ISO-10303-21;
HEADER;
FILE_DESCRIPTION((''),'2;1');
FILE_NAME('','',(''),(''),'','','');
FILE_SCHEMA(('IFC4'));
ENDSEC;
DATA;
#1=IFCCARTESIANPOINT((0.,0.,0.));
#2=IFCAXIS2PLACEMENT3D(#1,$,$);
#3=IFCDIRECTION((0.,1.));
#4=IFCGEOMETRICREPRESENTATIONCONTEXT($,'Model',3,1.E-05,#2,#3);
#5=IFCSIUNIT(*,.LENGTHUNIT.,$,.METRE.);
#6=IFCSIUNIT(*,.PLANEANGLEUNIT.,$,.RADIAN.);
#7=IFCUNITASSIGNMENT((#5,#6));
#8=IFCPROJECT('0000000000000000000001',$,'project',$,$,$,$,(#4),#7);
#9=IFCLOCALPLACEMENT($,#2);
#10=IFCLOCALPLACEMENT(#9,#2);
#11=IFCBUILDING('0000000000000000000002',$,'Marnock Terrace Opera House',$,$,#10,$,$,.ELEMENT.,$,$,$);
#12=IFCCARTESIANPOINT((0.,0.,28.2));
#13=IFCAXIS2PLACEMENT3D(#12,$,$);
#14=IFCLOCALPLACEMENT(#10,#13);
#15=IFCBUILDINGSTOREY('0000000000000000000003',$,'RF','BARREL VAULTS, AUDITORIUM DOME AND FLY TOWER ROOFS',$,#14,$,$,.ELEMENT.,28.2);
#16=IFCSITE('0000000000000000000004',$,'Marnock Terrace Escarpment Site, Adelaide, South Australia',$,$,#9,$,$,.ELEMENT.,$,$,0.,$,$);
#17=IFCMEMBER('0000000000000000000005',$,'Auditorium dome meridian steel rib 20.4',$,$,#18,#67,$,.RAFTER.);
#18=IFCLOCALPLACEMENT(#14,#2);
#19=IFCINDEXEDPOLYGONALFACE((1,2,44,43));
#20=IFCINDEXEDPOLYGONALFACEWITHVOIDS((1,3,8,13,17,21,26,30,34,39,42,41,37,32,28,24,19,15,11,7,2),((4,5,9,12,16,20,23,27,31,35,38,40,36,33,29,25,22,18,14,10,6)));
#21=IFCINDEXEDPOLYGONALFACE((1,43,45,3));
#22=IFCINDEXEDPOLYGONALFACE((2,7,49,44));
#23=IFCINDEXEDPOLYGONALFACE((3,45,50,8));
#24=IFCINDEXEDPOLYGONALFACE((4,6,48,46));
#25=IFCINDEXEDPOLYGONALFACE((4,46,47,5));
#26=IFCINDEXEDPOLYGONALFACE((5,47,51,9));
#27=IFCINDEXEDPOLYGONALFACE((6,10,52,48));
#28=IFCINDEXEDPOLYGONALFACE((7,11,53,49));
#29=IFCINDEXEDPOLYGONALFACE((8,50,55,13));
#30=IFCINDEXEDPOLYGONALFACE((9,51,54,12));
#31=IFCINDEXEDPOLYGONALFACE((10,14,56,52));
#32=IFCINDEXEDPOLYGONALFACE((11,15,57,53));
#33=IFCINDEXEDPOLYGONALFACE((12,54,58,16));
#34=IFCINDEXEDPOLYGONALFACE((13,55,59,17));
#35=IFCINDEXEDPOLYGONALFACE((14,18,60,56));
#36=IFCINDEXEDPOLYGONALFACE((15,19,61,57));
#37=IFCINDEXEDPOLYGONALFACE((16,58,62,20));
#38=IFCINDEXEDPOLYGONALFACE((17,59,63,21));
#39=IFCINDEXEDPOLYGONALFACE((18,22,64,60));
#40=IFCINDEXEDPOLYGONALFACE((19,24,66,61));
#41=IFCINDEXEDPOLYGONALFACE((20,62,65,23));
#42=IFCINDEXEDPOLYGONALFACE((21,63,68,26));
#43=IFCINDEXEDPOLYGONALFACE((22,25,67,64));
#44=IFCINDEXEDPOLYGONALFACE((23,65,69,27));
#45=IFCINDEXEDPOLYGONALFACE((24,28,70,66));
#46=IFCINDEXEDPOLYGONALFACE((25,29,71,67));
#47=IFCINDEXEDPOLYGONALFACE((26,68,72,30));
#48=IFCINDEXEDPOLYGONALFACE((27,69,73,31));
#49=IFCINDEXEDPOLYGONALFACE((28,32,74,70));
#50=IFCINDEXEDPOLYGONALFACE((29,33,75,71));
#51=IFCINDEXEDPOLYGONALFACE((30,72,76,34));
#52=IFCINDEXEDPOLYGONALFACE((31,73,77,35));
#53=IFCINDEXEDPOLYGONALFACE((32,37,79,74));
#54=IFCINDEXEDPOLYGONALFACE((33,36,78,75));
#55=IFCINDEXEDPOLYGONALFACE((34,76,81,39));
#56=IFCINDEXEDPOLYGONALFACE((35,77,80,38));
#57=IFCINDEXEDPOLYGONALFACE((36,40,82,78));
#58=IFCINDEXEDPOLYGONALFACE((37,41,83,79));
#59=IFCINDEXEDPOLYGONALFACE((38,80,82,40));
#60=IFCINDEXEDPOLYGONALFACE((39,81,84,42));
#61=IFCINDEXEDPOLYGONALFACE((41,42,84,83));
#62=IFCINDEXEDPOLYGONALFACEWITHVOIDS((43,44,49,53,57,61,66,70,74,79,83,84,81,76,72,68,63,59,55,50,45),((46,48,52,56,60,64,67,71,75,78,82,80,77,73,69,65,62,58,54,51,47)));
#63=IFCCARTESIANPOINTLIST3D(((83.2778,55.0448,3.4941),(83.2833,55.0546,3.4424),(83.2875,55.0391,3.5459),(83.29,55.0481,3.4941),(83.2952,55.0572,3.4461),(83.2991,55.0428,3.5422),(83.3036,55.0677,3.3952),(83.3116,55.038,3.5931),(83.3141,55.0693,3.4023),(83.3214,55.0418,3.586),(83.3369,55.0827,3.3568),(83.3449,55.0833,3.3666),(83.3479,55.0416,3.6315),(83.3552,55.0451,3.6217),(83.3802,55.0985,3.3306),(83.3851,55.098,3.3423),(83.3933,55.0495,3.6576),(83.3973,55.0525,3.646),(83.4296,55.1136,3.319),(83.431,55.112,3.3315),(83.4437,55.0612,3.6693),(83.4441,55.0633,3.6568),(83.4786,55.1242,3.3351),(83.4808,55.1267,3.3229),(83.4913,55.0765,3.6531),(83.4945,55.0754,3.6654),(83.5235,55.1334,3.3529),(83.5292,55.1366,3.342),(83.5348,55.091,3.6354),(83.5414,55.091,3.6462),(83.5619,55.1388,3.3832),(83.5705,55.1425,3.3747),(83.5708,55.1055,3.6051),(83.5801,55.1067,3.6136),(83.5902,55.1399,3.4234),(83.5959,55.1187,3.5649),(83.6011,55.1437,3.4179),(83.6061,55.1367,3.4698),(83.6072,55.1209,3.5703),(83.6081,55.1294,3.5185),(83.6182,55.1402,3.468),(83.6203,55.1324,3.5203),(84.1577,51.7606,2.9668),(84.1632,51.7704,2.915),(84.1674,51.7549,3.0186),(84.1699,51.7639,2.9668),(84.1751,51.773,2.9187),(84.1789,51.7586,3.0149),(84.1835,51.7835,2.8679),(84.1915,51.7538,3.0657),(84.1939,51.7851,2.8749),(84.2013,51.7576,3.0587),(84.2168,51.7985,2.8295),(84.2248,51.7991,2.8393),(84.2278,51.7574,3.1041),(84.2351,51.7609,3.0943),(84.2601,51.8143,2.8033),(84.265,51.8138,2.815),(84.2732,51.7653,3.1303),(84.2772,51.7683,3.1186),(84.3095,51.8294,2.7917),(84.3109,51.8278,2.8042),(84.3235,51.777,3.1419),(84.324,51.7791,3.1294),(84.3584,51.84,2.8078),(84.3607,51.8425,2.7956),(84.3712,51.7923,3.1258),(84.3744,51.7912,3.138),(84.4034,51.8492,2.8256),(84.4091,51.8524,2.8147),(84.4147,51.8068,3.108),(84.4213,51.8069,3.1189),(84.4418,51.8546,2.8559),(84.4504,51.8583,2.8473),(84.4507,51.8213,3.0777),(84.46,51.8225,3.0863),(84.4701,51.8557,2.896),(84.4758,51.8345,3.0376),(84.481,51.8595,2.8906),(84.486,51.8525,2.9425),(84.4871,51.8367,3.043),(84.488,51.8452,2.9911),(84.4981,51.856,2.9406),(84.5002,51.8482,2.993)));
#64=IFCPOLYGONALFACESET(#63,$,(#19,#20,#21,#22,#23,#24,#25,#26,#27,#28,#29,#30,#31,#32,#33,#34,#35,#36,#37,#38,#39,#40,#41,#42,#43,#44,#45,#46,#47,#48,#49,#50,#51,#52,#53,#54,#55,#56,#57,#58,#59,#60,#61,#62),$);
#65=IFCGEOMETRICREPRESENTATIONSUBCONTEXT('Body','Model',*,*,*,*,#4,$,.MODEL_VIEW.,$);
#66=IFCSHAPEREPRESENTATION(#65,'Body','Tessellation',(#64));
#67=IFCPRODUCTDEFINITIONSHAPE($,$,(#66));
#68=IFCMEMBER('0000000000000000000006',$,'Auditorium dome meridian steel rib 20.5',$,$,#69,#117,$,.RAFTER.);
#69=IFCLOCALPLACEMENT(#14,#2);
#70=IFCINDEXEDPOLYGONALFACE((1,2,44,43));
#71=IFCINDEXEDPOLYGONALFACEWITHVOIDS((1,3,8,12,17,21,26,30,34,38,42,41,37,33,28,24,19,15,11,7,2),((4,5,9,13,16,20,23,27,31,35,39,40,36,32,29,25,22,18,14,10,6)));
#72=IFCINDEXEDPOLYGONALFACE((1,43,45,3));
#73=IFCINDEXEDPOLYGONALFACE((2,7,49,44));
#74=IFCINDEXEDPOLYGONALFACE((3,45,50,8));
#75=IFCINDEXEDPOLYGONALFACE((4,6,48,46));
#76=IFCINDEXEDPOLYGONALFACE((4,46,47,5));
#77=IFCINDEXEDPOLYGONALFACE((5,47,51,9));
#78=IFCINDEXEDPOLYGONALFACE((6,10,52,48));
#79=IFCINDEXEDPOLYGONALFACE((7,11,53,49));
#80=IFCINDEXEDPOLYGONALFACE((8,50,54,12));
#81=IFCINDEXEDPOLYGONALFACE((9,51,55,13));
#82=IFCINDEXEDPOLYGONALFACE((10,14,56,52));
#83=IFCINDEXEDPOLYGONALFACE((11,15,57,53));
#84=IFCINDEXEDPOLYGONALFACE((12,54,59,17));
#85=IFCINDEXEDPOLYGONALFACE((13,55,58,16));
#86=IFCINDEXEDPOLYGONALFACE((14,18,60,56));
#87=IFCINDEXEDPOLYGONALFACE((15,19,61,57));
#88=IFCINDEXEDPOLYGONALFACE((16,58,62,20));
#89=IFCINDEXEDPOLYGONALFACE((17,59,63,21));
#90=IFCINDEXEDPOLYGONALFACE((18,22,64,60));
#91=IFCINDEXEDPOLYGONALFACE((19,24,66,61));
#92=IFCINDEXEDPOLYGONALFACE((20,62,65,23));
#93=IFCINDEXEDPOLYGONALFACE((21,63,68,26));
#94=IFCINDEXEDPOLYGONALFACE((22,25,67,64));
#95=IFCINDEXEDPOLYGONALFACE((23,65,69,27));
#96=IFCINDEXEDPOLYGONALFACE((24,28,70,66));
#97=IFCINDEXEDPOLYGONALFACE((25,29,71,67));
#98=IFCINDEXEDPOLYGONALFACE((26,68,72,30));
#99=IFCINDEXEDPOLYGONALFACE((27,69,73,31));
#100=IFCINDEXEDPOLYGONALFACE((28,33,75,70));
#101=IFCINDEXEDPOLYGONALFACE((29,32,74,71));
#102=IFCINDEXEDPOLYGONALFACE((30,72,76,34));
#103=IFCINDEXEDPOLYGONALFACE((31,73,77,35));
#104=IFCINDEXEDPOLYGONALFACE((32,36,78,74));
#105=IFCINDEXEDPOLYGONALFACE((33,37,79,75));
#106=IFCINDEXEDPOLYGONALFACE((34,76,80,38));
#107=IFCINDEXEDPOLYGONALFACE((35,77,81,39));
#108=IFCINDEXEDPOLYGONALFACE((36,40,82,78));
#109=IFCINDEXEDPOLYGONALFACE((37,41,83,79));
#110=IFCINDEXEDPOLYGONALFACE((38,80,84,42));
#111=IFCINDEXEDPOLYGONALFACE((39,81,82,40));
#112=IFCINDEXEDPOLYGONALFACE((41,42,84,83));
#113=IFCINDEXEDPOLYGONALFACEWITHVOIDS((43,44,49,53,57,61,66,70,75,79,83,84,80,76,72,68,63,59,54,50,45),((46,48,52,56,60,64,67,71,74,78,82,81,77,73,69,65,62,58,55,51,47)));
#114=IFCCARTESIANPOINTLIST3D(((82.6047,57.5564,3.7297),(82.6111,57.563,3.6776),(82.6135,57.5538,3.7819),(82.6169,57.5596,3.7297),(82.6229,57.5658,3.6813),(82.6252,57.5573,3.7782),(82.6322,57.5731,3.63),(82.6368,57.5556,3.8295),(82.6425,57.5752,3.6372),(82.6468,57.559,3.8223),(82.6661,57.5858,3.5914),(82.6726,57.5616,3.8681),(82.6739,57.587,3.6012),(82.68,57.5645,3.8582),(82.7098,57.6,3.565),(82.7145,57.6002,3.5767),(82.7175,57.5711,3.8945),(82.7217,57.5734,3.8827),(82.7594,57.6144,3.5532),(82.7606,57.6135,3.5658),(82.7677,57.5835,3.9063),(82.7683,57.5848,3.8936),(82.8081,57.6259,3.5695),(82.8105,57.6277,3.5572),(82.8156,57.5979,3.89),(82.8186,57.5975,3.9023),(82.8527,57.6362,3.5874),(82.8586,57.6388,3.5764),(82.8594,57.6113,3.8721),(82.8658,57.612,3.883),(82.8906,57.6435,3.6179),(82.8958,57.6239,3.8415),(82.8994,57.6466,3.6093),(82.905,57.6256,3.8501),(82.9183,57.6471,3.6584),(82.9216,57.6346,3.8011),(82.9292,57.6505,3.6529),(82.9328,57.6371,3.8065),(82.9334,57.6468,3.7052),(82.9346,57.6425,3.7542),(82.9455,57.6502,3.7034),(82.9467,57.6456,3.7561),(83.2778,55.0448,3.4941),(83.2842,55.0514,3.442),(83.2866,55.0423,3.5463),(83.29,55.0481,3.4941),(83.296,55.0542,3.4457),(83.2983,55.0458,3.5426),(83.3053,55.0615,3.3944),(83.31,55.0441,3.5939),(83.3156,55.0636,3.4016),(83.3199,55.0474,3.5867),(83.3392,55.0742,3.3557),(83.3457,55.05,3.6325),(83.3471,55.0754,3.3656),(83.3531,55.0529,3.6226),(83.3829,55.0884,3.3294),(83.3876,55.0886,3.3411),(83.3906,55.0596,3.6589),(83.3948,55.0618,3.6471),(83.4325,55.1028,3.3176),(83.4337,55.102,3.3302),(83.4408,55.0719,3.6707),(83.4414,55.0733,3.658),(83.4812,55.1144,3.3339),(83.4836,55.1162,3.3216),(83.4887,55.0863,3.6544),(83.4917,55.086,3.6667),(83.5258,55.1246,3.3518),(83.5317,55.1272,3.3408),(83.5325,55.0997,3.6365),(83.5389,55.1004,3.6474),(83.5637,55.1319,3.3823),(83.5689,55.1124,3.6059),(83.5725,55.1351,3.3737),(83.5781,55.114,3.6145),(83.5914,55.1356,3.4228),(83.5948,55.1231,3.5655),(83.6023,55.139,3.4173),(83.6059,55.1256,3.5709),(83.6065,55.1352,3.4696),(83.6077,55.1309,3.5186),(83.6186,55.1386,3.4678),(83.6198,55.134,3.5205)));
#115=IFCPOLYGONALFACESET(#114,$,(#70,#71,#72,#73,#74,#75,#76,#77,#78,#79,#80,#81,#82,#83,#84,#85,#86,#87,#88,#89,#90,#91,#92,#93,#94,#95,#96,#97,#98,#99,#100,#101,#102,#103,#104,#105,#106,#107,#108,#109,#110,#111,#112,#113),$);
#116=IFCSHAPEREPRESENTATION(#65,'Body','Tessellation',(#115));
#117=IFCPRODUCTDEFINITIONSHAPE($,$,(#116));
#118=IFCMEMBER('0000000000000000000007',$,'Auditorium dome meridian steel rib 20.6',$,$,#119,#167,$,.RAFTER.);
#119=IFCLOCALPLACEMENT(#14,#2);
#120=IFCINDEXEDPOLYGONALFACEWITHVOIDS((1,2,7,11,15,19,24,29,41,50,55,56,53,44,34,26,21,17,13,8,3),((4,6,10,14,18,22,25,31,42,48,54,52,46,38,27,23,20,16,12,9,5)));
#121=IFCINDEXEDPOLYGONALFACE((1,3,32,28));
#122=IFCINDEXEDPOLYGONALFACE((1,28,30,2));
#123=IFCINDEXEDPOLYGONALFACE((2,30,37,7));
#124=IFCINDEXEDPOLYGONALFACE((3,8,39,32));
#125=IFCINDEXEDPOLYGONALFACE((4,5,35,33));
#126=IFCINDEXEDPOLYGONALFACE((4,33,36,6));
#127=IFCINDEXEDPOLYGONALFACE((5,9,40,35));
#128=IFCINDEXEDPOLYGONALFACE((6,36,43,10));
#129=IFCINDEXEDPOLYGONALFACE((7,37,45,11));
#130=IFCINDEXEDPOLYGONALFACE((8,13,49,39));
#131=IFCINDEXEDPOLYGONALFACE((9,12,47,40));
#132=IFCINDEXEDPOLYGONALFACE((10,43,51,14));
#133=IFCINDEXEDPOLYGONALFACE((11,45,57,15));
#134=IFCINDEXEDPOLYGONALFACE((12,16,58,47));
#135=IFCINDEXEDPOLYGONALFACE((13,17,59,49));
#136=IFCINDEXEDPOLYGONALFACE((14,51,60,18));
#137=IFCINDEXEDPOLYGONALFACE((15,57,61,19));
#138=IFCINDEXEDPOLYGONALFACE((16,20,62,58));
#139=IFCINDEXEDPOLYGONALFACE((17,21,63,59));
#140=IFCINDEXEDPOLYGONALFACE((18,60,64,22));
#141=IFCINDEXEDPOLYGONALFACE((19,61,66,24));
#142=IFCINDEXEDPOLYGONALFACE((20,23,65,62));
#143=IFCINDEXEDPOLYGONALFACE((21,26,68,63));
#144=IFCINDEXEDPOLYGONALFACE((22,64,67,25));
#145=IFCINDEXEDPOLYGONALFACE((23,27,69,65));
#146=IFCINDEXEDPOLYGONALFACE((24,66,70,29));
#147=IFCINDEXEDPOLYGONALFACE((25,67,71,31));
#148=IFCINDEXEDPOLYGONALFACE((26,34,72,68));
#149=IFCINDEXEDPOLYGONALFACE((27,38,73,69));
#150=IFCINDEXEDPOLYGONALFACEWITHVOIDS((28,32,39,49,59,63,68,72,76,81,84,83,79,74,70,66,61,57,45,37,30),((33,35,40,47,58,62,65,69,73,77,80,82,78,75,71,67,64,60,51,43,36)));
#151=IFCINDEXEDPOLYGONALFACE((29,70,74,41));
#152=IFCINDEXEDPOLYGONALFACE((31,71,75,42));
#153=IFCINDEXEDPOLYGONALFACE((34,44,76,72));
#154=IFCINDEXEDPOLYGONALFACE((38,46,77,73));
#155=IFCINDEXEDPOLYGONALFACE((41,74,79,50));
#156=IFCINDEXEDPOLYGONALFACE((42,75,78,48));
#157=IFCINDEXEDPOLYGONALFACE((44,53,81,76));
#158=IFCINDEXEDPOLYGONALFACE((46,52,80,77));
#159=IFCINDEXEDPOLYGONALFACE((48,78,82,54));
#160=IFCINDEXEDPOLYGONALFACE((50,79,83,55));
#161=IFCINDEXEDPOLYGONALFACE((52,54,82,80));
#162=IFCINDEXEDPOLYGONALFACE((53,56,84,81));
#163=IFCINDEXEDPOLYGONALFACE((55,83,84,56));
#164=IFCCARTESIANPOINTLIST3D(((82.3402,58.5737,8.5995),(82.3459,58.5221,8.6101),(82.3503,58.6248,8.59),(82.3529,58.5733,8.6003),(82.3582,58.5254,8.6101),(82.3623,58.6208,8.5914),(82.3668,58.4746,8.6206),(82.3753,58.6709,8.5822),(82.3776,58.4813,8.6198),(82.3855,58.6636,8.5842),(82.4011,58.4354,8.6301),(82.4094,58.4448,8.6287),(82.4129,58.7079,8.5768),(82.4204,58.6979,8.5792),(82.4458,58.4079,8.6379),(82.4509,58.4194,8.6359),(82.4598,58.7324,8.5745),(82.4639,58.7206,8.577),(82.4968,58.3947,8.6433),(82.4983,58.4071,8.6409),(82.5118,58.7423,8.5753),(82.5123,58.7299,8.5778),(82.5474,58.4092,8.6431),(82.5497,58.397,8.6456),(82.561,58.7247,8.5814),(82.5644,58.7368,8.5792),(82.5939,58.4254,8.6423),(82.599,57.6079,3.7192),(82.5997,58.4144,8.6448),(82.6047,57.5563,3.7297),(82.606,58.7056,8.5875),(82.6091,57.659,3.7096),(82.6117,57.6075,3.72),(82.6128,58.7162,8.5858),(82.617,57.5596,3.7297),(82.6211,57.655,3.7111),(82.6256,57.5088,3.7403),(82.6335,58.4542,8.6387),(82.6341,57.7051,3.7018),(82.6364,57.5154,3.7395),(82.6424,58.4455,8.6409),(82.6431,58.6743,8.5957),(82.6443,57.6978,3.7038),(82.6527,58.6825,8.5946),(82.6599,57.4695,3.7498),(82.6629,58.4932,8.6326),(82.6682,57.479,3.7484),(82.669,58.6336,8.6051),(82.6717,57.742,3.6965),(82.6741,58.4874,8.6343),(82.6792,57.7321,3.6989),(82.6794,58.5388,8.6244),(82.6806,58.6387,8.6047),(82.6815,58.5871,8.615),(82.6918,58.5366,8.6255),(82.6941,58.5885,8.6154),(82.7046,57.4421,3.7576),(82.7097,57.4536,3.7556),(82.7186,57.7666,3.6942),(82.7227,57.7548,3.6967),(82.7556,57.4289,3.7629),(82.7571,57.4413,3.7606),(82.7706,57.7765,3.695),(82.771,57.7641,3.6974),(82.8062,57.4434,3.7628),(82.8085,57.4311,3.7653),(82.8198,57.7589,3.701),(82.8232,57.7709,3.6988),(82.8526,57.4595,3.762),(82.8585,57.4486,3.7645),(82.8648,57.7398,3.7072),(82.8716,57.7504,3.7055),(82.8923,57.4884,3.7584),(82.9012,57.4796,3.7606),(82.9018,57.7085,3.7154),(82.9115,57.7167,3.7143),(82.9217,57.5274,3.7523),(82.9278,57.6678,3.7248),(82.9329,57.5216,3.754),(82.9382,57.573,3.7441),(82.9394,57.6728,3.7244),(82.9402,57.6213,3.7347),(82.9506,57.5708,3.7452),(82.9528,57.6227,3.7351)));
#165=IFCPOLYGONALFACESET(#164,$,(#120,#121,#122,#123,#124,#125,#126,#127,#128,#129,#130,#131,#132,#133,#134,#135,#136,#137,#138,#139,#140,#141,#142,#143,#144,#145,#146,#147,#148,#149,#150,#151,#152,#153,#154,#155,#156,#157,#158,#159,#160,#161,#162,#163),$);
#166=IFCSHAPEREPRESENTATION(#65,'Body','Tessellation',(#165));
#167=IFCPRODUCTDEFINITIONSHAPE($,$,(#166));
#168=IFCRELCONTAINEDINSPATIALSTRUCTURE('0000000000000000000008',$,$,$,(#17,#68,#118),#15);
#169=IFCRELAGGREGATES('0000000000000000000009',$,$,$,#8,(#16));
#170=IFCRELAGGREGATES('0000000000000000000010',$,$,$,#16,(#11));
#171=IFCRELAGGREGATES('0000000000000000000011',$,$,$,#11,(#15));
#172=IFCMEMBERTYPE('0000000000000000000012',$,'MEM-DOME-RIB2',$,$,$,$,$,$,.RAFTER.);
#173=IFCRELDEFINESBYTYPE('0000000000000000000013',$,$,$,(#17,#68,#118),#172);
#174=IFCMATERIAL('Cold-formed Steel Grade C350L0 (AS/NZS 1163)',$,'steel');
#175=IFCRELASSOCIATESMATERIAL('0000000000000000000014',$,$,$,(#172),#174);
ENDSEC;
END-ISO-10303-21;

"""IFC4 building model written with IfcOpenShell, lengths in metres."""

from ifc_helpers import new_model, si_unit, direction, frame, origin, origin_2d, place, context, subcontext, project, spatial, hollow_circle, extrude, material, material_profile, profile_set, type_object, element, save


model = new_model("IFC4")

# Units and contexts
model_context = context("Model", 3, precision=1e-05, world=origin(), true_north=direction((0.0, 1.0)))
body_context = subcontext(model_context, "Body", "Model", "MODEL_VIEW")
ifc_project = project(units=[si_unit("LENGTHUNIT", "METRE"), si_unit("PLANEANGLEUNIT", "RADIAN")], contexts=[model_context])

# Site, building, storey
site_placement = place(None, origin())
site = spatial("IfcSite", under=ifc_project, at=site_placement, Name="Marnock Terrace Escarpment Site, Adelaide, South Australia", CompositionType="ELEMENT", RefElevation=0.0)
building_placement = place(site_placement, origin())
building = spatial("IfcBuilding", under=site, at=building_placement, Name="Marnock Terrace Opera House", CompositionType="ELEMENT")
storey_placement = place(building_placement, frame((0.0, 0.0, 28.2)))
storey = spatial("IfcBuildingStorey", under=building, at=storey_placement, Name="RF", Description="BARREL VAULTS, AUDITORIUM DOME AND FLY TOWER ROOFS", CompositionType="ELEMENT", Elevation=28.2)

# Members
ifc_material_1 = material(Name="Cold-formed Steel Grade C350L0 (AS/NZS 1163)", Category="steel")
ifc_material_profile_1 = material_profile(ifc_material_1, hollow_circle(Radius=0.1777, WallThickness=0.0127, at=origin_2d()))
ifc_profile_set_1 = profile_set([ifc_material_profile_1], Name="Cold-formed Steel Grade C350L0 (AS/NZS 1163)")
member_type_1 = type_object("IfcMemberType", Name="MEM-DOME-RIB2", PredefinedType="RAFTER", material=ifc_profile_set_1)
member_1_placement = place(storey_placement, frame((84.3293, 51.8066, 2.9668), z_axis=(-0.255731, 0.954521, 0.153268), x_axis=(-0.965934, -0.258789, 0.0)))
element("IfcMember", 1, at=member_1_placement, inside=storey, type_object=member_type_1, Name="Auditorium dome meridian steel rib 20.4", PredefinedType="RAFTER", context=body_context, shape_type="SweptSolid", body=[
    extrude(hollow_circle(Radius=0.1777, WallThickness=0.0127, at=origin_2d()), origin(), (0.0, 0.0, 1.0), 3.4407),
])
member_2_placement = place(storey_placement, frame((83.4495, 55.0908, 3.4941), z_axis=(-0.257816, 0.961971, 0.09024), x_axis=(-0.965912, -0.258872, 0.0)))
element("IfcMember", 2, at=member_2_placement, inside=storey, type_object=member_type_1, Name="Auditorium dome meridian steel rib 20.5", PredefinedType="RAFTER", context=body_context, shape_type="SweptSolid", body=[
    extrude(hollow_circle(Radius=0.1777, WallThickness=0.0127, at=origin_2d()), origin(), (0.0, 0.0, 1.0), 2.6108),
])
member_3_placement = place(storey_placement, frame((82.7764, 57.6023, 3.7297), z_axis=(-0.051947, 0.193872, 0.979651), x_axis=(-0.965926, -0.258817, 0.0)))
element("IfcMember", 3, at=member_3_placement, inside=storey, type_object=member_type_1, Name="Auditorium dome meridian steel rib 20.6", PredefinedType="RAFTER", context=body_context, shape_type="SweptSolid", body=[
    extrude(hollow_circle(Radius=0.1777, WallThickness=0.0127, at=origin_2d()), origin(), (0.0, 0.0, 1.0), 4.9817),
])

save(model, "model.ifc")
